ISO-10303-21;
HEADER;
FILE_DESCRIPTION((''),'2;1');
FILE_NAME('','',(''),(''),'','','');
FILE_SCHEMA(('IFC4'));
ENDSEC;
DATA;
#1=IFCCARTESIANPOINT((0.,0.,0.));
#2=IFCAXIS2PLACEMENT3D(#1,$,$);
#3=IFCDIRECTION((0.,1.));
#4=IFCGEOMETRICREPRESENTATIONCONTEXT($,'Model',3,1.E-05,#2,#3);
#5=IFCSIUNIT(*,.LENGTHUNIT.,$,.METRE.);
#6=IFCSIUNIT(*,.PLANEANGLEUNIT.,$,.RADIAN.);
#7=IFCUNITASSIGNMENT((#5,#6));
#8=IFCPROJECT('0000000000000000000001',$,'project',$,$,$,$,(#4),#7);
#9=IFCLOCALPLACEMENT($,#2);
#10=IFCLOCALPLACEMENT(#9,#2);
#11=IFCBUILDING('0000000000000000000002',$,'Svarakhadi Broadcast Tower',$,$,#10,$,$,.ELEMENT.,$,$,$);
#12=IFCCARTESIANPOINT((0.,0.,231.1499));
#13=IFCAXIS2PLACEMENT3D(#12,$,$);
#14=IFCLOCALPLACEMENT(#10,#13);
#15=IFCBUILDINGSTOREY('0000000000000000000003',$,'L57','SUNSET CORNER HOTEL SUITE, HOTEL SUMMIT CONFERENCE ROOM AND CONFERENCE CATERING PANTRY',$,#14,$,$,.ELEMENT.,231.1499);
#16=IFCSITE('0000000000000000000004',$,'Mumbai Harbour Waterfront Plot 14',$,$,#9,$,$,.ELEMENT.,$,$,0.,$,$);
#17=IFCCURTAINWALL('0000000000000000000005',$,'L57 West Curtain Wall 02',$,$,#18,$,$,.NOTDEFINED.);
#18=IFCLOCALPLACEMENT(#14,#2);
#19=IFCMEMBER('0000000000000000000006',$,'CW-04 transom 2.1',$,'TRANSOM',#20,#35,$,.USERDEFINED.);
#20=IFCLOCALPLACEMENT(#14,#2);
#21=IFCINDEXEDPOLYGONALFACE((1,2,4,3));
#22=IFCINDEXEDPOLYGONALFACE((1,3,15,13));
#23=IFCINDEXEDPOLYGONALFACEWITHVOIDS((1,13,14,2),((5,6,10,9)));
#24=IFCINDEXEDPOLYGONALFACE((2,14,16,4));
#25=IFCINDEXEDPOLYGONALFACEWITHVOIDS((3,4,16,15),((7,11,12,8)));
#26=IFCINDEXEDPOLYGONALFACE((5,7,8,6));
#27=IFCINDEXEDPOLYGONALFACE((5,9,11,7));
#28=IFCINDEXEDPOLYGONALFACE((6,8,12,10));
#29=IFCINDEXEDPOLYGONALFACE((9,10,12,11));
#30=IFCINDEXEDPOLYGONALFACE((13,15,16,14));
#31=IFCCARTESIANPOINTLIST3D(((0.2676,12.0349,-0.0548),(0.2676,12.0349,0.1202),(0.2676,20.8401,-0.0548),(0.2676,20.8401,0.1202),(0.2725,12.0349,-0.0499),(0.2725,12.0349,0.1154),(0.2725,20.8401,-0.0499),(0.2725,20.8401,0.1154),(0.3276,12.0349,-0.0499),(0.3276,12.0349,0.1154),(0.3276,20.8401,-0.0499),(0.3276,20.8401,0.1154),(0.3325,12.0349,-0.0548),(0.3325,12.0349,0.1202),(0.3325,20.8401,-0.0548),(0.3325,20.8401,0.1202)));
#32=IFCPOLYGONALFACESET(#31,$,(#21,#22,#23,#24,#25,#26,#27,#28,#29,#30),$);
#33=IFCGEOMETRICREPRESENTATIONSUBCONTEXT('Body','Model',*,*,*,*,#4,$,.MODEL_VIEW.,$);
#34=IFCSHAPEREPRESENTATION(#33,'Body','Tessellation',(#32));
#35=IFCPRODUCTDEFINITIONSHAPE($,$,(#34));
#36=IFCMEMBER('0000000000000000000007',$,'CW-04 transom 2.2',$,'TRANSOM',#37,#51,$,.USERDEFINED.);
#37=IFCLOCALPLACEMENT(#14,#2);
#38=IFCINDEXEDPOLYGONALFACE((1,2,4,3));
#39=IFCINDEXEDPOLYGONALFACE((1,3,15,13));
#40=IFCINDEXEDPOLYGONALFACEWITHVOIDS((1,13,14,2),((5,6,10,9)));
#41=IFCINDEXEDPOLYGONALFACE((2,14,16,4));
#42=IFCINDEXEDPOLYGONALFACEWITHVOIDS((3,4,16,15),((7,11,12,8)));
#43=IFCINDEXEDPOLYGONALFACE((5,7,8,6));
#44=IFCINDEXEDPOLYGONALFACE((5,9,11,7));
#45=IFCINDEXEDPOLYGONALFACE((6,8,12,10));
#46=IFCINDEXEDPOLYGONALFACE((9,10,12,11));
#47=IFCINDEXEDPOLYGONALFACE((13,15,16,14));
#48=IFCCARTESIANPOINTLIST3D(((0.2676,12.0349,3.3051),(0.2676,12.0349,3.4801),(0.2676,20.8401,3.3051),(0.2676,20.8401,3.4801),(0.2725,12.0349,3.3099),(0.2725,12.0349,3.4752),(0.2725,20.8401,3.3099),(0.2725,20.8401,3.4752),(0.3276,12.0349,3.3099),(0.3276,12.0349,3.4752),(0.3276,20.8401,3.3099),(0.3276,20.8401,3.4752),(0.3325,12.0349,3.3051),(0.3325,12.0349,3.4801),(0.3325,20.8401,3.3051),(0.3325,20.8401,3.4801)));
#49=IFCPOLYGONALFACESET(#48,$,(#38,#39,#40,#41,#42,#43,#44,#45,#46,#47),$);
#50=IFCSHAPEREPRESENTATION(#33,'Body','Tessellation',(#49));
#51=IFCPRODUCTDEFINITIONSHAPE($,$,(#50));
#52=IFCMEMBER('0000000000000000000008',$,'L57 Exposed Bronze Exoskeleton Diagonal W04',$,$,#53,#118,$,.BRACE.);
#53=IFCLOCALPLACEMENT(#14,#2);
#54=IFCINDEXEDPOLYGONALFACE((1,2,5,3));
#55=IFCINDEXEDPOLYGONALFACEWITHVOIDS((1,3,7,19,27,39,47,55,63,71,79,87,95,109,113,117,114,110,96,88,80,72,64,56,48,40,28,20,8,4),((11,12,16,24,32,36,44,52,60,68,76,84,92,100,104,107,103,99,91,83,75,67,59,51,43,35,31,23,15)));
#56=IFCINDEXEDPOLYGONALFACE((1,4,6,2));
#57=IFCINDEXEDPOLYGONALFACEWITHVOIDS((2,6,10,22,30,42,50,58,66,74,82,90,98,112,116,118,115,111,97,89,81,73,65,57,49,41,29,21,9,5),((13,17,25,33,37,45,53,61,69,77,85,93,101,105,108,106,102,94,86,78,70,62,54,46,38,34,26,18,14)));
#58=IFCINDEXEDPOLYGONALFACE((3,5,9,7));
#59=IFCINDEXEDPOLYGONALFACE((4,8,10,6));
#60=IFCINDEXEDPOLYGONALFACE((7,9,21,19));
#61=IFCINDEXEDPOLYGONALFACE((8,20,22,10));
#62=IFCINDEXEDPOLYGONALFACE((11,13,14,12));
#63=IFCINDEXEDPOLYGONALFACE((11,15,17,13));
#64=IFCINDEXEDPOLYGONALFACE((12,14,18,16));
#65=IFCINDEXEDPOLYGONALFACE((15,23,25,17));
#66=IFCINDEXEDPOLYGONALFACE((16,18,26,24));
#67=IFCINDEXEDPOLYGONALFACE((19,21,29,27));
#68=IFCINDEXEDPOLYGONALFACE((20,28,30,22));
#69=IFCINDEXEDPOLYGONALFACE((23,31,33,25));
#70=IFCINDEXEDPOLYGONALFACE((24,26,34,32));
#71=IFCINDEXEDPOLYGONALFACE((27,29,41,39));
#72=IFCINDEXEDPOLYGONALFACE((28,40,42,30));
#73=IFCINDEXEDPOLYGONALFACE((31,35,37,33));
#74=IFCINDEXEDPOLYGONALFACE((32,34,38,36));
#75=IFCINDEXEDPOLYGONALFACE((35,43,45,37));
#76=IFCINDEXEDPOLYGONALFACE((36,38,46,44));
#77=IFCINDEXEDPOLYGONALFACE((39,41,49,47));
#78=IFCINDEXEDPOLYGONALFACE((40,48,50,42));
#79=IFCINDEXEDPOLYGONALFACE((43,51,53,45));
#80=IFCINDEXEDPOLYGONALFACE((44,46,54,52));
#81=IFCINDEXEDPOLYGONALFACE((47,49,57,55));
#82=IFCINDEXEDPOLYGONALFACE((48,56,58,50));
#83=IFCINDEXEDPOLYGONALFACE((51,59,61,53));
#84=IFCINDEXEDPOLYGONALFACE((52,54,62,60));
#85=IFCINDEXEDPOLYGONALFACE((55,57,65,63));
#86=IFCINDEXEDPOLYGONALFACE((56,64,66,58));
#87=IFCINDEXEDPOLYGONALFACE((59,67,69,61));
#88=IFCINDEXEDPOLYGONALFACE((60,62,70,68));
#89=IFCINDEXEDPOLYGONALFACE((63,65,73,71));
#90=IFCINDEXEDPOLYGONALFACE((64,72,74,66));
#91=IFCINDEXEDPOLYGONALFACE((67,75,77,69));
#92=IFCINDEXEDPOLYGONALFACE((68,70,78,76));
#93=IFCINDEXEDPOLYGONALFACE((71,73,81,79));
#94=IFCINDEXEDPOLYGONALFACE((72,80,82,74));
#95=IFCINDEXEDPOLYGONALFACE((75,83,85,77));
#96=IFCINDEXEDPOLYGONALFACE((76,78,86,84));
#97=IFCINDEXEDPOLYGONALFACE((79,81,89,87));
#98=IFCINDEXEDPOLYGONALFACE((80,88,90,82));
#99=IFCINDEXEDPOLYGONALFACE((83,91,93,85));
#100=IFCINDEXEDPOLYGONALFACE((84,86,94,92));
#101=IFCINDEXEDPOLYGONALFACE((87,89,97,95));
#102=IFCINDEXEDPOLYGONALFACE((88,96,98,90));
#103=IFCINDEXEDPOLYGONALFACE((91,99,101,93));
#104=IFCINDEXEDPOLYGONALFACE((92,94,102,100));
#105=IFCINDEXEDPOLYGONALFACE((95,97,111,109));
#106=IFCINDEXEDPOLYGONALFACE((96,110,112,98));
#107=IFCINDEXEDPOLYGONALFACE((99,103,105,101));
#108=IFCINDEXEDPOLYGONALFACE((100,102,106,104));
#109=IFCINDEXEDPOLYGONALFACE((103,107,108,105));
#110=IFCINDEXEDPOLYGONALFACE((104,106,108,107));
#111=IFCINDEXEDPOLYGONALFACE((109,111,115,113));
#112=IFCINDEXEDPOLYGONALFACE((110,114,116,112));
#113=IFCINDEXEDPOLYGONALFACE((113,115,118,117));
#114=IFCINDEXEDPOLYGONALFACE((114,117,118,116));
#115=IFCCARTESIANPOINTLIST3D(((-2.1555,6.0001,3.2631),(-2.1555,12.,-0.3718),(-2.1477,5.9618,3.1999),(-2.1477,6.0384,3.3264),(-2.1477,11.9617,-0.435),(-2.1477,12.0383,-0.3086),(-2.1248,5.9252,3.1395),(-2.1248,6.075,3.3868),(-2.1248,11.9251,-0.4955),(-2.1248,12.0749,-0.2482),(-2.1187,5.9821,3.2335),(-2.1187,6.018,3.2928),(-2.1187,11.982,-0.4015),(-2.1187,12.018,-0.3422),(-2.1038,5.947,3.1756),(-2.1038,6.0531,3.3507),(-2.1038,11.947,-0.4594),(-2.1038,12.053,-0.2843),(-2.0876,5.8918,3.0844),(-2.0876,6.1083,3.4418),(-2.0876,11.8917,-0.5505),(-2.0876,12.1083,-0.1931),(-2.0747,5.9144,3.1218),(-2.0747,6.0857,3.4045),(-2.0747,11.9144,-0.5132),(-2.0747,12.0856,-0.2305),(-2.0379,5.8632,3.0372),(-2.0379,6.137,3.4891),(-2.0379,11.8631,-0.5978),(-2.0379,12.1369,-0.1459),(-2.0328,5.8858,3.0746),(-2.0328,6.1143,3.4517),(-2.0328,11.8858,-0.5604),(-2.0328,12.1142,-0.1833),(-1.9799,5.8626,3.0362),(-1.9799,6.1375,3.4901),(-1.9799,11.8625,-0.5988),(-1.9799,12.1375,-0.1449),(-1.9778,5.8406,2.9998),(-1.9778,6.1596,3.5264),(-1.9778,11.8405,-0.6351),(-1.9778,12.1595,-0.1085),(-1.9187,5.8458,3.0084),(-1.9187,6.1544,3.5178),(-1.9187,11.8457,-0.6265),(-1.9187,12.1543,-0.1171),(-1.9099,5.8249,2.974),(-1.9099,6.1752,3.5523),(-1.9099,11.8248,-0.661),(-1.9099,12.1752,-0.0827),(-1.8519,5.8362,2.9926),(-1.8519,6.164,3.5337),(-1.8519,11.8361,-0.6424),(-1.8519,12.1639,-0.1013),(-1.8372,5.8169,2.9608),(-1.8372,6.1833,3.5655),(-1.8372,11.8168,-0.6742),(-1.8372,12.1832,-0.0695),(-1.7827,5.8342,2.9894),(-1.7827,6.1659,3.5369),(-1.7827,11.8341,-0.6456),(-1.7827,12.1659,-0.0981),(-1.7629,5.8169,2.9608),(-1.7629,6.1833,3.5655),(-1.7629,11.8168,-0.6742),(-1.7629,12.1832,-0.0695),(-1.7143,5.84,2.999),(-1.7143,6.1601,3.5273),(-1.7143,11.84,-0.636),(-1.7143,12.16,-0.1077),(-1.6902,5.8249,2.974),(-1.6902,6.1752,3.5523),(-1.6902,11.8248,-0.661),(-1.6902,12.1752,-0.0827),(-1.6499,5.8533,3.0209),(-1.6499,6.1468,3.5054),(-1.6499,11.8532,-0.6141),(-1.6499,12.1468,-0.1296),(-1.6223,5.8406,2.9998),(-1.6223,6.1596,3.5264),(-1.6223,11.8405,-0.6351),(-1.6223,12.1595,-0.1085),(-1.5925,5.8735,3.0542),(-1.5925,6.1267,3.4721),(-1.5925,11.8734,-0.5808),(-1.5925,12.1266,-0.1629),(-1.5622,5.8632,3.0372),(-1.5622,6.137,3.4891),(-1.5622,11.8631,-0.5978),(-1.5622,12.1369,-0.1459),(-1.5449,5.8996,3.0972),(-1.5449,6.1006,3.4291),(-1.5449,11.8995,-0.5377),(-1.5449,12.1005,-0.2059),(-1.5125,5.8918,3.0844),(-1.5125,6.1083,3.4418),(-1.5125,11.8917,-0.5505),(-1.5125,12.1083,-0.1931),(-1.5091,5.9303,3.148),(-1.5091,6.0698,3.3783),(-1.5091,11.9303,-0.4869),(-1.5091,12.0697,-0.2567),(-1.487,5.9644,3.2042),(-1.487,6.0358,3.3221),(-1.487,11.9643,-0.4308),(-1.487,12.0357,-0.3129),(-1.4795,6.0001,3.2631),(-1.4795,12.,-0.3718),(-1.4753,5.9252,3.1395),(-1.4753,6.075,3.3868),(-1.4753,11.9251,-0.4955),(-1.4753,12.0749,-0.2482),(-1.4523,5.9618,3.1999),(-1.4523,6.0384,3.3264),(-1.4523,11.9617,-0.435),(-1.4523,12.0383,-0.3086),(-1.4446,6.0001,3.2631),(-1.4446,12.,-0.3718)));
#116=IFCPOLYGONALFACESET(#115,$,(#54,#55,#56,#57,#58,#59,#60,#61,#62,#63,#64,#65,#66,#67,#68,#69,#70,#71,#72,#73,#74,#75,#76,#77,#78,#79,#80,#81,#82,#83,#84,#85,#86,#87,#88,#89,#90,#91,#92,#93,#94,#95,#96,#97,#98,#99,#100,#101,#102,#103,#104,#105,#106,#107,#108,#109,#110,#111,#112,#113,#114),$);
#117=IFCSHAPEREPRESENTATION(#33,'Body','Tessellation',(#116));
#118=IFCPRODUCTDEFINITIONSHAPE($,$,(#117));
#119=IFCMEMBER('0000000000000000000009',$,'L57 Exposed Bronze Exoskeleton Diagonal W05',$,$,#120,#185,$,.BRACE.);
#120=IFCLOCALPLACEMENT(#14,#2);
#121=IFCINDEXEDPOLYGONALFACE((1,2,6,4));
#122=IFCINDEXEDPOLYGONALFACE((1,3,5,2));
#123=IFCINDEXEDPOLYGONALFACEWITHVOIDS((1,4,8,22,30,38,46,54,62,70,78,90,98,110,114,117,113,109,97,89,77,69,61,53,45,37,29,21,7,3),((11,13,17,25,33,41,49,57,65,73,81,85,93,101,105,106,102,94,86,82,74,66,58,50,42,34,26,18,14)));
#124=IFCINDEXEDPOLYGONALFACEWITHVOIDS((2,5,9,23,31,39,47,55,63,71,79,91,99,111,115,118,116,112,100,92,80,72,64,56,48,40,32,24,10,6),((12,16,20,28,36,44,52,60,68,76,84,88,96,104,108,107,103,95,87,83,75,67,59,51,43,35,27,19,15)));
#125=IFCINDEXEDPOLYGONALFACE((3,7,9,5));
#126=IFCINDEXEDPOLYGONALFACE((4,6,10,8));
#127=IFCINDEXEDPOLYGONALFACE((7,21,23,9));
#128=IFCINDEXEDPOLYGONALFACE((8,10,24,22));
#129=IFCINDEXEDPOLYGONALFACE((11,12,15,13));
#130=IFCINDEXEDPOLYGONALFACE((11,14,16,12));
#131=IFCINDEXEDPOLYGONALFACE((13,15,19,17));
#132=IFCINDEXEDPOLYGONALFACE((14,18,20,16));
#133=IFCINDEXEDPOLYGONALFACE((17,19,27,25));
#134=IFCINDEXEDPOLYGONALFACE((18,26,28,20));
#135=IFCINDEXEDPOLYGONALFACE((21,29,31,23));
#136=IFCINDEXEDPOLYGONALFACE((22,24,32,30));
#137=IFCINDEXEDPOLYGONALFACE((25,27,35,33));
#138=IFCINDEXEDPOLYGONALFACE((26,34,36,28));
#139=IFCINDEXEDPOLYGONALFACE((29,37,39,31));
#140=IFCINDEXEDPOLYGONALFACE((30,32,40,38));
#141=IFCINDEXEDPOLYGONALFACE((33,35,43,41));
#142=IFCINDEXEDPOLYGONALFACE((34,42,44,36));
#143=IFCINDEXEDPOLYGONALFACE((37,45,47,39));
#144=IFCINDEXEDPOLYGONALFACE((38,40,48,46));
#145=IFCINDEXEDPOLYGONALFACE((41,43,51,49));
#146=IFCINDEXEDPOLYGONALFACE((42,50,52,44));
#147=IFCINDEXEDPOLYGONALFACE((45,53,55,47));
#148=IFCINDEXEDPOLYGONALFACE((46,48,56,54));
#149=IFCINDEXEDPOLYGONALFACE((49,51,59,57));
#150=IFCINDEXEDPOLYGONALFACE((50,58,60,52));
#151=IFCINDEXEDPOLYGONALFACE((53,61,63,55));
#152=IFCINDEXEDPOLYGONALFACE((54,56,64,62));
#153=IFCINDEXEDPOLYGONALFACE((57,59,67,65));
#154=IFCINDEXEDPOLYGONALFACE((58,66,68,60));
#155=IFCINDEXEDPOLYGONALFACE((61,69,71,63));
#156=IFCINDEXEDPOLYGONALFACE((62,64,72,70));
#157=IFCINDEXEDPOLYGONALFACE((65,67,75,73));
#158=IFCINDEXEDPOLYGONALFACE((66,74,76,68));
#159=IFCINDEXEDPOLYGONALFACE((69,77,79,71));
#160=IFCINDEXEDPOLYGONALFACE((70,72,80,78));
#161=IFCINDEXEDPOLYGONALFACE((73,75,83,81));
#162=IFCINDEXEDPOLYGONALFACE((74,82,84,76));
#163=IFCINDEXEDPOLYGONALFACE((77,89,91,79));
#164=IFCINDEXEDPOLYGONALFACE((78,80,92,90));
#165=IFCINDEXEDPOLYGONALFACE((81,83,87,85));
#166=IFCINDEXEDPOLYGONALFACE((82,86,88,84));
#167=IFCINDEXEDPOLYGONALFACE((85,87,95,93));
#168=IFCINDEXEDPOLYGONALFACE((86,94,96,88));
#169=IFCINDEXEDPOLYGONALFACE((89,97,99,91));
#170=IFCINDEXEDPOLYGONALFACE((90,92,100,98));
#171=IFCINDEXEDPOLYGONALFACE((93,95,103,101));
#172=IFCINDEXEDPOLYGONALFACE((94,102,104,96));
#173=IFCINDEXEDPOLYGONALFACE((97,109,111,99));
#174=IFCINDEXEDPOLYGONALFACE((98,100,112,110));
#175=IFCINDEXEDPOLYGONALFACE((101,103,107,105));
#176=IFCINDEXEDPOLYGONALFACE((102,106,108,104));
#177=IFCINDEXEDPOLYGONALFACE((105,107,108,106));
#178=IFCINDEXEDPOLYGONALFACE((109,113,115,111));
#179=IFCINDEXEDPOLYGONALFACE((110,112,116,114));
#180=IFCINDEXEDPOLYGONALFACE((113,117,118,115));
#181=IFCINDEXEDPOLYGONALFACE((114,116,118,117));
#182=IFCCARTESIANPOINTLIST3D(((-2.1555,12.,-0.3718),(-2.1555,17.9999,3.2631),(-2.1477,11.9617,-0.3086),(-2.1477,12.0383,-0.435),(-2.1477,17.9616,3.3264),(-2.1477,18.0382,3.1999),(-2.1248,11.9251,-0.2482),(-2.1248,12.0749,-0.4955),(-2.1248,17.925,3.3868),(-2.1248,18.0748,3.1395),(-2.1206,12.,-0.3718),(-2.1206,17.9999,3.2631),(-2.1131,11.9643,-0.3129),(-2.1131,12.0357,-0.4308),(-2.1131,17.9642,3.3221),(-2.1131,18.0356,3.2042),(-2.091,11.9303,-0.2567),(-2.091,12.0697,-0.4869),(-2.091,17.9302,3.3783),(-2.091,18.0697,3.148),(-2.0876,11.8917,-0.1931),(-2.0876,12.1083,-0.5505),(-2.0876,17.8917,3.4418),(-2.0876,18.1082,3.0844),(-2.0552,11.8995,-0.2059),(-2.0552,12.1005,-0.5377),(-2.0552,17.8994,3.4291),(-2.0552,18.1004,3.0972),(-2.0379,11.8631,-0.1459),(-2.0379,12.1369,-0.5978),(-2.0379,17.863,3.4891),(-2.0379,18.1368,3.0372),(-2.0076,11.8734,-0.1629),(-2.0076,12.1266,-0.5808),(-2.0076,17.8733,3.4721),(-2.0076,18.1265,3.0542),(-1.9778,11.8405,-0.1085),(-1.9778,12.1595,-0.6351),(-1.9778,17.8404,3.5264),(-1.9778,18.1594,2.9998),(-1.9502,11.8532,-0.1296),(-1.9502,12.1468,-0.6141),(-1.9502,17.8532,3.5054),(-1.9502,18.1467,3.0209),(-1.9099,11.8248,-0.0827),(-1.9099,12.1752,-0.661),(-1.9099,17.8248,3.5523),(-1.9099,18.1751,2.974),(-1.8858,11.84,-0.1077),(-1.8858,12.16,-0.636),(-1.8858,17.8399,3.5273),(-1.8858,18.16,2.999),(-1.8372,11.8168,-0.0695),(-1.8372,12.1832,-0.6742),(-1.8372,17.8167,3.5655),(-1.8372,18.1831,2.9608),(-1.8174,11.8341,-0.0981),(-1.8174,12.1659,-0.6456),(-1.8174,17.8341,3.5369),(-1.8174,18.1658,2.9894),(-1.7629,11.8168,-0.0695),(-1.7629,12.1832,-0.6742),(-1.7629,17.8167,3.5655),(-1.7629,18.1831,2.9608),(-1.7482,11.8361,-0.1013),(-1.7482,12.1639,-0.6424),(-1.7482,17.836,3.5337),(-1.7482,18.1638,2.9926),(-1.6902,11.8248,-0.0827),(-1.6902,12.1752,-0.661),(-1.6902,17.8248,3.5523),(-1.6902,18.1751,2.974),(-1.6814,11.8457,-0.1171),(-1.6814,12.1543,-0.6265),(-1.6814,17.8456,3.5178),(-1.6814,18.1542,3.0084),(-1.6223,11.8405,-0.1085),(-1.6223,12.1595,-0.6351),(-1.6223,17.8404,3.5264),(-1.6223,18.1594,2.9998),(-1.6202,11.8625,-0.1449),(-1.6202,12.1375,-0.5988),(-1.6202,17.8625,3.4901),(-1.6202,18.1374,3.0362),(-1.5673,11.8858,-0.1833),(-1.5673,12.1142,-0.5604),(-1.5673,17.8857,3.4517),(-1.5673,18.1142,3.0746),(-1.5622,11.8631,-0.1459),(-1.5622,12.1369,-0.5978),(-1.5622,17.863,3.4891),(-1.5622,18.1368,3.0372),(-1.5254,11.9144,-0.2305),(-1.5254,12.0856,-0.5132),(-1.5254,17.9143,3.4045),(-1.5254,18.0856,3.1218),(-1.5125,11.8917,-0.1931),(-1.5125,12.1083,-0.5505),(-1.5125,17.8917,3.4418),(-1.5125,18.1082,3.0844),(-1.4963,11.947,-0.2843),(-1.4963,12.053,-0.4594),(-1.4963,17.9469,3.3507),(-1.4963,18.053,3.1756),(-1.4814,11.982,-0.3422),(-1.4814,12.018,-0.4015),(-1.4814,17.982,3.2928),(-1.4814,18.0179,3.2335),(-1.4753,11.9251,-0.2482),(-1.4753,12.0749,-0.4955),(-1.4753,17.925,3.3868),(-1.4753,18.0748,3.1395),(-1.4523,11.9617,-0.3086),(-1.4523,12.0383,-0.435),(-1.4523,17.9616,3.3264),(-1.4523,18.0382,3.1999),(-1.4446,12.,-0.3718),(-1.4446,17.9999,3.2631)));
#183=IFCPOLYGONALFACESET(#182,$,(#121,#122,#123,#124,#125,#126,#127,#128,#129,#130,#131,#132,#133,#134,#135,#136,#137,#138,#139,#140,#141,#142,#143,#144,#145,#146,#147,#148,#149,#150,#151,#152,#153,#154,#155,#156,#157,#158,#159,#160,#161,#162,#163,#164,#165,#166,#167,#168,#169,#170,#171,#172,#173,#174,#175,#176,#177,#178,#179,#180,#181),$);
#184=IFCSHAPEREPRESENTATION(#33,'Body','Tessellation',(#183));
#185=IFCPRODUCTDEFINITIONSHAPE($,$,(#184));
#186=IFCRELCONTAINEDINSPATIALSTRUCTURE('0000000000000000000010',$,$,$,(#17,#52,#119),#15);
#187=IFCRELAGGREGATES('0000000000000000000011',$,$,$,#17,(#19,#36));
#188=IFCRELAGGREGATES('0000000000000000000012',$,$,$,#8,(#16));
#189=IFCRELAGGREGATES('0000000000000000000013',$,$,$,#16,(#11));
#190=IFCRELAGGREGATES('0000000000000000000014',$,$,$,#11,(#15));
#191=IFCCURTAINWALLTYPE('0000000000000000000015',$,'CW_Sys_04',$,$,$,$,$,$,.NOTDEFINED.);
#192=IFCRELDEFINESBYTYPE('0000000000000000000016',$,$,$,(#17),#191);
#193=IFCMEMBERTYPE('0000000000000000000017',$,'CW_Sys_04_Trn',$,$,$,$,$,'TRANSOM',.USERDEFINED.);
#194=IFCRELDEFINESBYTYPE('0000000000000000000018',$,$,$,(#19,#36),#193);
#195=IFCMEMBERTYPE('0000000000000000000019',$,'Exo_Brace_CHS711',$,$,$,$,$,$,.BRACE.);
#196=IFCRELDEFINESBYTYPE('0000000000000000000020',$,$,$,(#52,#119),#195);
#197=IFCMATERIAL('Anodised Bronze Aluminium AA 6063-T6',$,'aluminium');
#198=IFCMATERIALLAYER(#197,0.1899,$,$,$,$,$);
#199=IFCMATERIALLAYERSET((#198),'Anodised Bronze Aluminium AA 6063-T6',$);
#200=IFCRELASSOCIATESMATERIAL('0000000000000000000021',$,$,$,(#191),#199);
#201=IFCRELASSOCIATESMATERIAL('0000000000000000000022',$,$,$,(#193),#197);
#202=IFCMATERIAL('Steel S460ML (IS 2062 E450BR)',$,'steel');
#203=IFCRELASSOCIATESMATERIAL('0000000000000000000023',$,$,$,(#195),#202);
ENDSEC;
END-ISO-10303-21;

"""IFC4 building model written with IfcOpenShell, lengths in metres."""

from ifc_helpers import new_model, si_unit, direction, frame, origin, origin_2d, place, context, subcontext, project, spatial, hollow_rectangle, hollow_circle, extrude, material, layer, layer_set, material_profile, profile_set, type_object, element, aggregate, save


model = new_model("IFC4")

# Units and contexts
model_context = context("Model", 3, precision=1e-05, world=origin(), true_north=direction((0.0, 1.0)))
body_context = subcontext(model_context, "Body", "Model", "MODEL_VIEW")
ifc_project = project(units=[si_unit("LENGTHUNIT", "METRE"), si_unit("PLANEANGLEUNIT", "RADIAN")], contexts=[model_context])

# Site, building, storey
site_placement = place(None, origin())
site = spatial("IfcSite", under=ifc_project, at=site_placement, Name="Mumbai Harbour Waterfront Plot 14", CompositionType="ELEMENT", RefElevation=0.0)
building_placement = place(site_placement, origin())
building = spatial("IfcBuilding", under=site, at=building_placement, Name="Svarakhadi Broadcast Tower", CompositionType="ELEMENT")
storey_placement = place(building_placement, frame((0.0, 0.0, 231.1499)))
storey = spatial("IfcBuildingStorey", under=building, at=storey_placement, Name="L57", Description="SUNSET CORNER HOTEL SUITE, HOTEL SUMMIT CONFERENCE ROOM AND CONFERENCE CATERING PANTRY", CompositionType="ELEMENT", Elevation=231.1499)

# Shared definitions
ifc_material_1 = material(Name="Steel S460ML (IS 2062 E450BR)", Category="steel")

# Curtain wall, members
ifc_material_2 = material(Name="Anodised Bronze Aluminium AA 6063-T6", Category="aluminium")
ifc_layer_1 = layer(ifc_material_2, 0.1899)
ifc_layer_set_1 = layer_set([ifc_layer_1], Name="Anodised Bronze Aluminium AA 6063-T6")
curtain_wall_type = type_object("IfcCurtainWallType", Name="CW_Sys_04", PredefinedType="NOTDEFINED", material=ifc_layer_set_1)
curtain_wall_placement = place(storey_placement, origin())
curtain_wall = element("IfcCurtainWall", 1, at=curtain_wall_placement, inside=storey, type_object=curtain_wall_type, Name="L57 West Curtain Wall 02", PredefinedType="NOTDEFINED")
ifc_material_profile_1 = material_profile(ifc_material_2, hollow_rectangle(XDim=0.0649, YDim=0.175, WallThickness=0.0049, at=origin_2d()), Name="ALU TRANSOM 175x65x5")
ifc_profile_set_1 = profile_set([ifc_material_profile_1], Name="Anodised Bronze Aluminium AA 6063-T6")
member_type_1 = type_object("IfcMemberType", Name="CW_Sys_04_Trn", ElementType="TRANSOM", PredefinedType="USERDEFINED", material=ifc_profile_set_1)
member_1_placement = place(storey_placement, frame((0.3, 12.0349, 0.0327), z_axis=(0.0, 1.0, 0.0), x_axis=(-1.0, 0.0, 0.0)))
member_1 = element("IfcMember", 2, at=member_1_placement, type_object=member_type_1, Name="CW-04 transom 2.1", ObjectType="TRANSOM", PredefinedType="USERDEFINED", context=body_context, shape_type="SweptSolid", body=[
    extrude(hollow_rectangle(XDim=0.0649, YDim=0.175, WallThickness=0.0049, at=origin_2d()), origin(), (0.0, 0.0, 1.0), 8.8052),
])
member_2_placement = place(storey_placement, frame((0.3, 12.0349, 3.3926), z_axis=(0.0, 1.0, 0.0), x_axis=(-1.0, 0.0, 0.0)))
member_2 = element("IfcMember", 3, at=member_2_placement, type_object=member_type_1, Name="CW-04 transom 2.2", ObjectType="TRANSOM", PredefinedType="USERDEFINED", context=body_context, shape_type="SweptSolid", body=[
    extrude(hollow_rectangle(XDim=0.0649, YDim=0.175, WallThickness=0.0049, at=origin_2d()), origin(), (0.0, 0.0, 1.0), 8.8052),
])

# Members
ifc_material_profile_2 = material_profile(ifc_material_1, hollow_circle(Radius=0.3555, WallThickness=0.0349, at=origin_2d()), Name="CHS 711x35")
ifc_profile_set_2 = profile_set([ifc_material_profile_2], Name="Steel S460ML (IS 2062 E450BR)")
member_type_2 = type_object("IfcMemberType", Name="Exo_Brace_CHS711", PredefinedType="BRACE", material=ifc_profile_set_2)
for number, where, z_axis, x_axis, name in (
    (4, (-1.8, 12.0, -0.3718), (0.0, -0.855283, 0.518161), (1.0, 0.0, 0.0), "L57 Exposed Bronze Exoskeleton Diagonal W04"),
    (5, (-1.8, 12.0, -0.3718), (0.0, 0.855283, 0.518161), (-1.0, 0.0, 0.0), "L57 Exposed Bronze Exoskeleton Diagonal W05"),
):
    element("IfcMember", number, at=place(storey_placement, frame(where, z_axis=z_axis, x_axis=x_axis)), inside=storey, type_object=member_type_2, Name=name, PredefinedType="BRACE", context=body_context, shape_type="SweptSolid", body=[
        extrude(hollow_circle(Radius=0.3555, WallThickness=0.0349, at=origin_2d()), origin(), (0.0, 0.0, 1.0), 7.0151),
    ])

aggregate(curtain_wall, [member_1, member_2])

save(model, "model.ifc")
